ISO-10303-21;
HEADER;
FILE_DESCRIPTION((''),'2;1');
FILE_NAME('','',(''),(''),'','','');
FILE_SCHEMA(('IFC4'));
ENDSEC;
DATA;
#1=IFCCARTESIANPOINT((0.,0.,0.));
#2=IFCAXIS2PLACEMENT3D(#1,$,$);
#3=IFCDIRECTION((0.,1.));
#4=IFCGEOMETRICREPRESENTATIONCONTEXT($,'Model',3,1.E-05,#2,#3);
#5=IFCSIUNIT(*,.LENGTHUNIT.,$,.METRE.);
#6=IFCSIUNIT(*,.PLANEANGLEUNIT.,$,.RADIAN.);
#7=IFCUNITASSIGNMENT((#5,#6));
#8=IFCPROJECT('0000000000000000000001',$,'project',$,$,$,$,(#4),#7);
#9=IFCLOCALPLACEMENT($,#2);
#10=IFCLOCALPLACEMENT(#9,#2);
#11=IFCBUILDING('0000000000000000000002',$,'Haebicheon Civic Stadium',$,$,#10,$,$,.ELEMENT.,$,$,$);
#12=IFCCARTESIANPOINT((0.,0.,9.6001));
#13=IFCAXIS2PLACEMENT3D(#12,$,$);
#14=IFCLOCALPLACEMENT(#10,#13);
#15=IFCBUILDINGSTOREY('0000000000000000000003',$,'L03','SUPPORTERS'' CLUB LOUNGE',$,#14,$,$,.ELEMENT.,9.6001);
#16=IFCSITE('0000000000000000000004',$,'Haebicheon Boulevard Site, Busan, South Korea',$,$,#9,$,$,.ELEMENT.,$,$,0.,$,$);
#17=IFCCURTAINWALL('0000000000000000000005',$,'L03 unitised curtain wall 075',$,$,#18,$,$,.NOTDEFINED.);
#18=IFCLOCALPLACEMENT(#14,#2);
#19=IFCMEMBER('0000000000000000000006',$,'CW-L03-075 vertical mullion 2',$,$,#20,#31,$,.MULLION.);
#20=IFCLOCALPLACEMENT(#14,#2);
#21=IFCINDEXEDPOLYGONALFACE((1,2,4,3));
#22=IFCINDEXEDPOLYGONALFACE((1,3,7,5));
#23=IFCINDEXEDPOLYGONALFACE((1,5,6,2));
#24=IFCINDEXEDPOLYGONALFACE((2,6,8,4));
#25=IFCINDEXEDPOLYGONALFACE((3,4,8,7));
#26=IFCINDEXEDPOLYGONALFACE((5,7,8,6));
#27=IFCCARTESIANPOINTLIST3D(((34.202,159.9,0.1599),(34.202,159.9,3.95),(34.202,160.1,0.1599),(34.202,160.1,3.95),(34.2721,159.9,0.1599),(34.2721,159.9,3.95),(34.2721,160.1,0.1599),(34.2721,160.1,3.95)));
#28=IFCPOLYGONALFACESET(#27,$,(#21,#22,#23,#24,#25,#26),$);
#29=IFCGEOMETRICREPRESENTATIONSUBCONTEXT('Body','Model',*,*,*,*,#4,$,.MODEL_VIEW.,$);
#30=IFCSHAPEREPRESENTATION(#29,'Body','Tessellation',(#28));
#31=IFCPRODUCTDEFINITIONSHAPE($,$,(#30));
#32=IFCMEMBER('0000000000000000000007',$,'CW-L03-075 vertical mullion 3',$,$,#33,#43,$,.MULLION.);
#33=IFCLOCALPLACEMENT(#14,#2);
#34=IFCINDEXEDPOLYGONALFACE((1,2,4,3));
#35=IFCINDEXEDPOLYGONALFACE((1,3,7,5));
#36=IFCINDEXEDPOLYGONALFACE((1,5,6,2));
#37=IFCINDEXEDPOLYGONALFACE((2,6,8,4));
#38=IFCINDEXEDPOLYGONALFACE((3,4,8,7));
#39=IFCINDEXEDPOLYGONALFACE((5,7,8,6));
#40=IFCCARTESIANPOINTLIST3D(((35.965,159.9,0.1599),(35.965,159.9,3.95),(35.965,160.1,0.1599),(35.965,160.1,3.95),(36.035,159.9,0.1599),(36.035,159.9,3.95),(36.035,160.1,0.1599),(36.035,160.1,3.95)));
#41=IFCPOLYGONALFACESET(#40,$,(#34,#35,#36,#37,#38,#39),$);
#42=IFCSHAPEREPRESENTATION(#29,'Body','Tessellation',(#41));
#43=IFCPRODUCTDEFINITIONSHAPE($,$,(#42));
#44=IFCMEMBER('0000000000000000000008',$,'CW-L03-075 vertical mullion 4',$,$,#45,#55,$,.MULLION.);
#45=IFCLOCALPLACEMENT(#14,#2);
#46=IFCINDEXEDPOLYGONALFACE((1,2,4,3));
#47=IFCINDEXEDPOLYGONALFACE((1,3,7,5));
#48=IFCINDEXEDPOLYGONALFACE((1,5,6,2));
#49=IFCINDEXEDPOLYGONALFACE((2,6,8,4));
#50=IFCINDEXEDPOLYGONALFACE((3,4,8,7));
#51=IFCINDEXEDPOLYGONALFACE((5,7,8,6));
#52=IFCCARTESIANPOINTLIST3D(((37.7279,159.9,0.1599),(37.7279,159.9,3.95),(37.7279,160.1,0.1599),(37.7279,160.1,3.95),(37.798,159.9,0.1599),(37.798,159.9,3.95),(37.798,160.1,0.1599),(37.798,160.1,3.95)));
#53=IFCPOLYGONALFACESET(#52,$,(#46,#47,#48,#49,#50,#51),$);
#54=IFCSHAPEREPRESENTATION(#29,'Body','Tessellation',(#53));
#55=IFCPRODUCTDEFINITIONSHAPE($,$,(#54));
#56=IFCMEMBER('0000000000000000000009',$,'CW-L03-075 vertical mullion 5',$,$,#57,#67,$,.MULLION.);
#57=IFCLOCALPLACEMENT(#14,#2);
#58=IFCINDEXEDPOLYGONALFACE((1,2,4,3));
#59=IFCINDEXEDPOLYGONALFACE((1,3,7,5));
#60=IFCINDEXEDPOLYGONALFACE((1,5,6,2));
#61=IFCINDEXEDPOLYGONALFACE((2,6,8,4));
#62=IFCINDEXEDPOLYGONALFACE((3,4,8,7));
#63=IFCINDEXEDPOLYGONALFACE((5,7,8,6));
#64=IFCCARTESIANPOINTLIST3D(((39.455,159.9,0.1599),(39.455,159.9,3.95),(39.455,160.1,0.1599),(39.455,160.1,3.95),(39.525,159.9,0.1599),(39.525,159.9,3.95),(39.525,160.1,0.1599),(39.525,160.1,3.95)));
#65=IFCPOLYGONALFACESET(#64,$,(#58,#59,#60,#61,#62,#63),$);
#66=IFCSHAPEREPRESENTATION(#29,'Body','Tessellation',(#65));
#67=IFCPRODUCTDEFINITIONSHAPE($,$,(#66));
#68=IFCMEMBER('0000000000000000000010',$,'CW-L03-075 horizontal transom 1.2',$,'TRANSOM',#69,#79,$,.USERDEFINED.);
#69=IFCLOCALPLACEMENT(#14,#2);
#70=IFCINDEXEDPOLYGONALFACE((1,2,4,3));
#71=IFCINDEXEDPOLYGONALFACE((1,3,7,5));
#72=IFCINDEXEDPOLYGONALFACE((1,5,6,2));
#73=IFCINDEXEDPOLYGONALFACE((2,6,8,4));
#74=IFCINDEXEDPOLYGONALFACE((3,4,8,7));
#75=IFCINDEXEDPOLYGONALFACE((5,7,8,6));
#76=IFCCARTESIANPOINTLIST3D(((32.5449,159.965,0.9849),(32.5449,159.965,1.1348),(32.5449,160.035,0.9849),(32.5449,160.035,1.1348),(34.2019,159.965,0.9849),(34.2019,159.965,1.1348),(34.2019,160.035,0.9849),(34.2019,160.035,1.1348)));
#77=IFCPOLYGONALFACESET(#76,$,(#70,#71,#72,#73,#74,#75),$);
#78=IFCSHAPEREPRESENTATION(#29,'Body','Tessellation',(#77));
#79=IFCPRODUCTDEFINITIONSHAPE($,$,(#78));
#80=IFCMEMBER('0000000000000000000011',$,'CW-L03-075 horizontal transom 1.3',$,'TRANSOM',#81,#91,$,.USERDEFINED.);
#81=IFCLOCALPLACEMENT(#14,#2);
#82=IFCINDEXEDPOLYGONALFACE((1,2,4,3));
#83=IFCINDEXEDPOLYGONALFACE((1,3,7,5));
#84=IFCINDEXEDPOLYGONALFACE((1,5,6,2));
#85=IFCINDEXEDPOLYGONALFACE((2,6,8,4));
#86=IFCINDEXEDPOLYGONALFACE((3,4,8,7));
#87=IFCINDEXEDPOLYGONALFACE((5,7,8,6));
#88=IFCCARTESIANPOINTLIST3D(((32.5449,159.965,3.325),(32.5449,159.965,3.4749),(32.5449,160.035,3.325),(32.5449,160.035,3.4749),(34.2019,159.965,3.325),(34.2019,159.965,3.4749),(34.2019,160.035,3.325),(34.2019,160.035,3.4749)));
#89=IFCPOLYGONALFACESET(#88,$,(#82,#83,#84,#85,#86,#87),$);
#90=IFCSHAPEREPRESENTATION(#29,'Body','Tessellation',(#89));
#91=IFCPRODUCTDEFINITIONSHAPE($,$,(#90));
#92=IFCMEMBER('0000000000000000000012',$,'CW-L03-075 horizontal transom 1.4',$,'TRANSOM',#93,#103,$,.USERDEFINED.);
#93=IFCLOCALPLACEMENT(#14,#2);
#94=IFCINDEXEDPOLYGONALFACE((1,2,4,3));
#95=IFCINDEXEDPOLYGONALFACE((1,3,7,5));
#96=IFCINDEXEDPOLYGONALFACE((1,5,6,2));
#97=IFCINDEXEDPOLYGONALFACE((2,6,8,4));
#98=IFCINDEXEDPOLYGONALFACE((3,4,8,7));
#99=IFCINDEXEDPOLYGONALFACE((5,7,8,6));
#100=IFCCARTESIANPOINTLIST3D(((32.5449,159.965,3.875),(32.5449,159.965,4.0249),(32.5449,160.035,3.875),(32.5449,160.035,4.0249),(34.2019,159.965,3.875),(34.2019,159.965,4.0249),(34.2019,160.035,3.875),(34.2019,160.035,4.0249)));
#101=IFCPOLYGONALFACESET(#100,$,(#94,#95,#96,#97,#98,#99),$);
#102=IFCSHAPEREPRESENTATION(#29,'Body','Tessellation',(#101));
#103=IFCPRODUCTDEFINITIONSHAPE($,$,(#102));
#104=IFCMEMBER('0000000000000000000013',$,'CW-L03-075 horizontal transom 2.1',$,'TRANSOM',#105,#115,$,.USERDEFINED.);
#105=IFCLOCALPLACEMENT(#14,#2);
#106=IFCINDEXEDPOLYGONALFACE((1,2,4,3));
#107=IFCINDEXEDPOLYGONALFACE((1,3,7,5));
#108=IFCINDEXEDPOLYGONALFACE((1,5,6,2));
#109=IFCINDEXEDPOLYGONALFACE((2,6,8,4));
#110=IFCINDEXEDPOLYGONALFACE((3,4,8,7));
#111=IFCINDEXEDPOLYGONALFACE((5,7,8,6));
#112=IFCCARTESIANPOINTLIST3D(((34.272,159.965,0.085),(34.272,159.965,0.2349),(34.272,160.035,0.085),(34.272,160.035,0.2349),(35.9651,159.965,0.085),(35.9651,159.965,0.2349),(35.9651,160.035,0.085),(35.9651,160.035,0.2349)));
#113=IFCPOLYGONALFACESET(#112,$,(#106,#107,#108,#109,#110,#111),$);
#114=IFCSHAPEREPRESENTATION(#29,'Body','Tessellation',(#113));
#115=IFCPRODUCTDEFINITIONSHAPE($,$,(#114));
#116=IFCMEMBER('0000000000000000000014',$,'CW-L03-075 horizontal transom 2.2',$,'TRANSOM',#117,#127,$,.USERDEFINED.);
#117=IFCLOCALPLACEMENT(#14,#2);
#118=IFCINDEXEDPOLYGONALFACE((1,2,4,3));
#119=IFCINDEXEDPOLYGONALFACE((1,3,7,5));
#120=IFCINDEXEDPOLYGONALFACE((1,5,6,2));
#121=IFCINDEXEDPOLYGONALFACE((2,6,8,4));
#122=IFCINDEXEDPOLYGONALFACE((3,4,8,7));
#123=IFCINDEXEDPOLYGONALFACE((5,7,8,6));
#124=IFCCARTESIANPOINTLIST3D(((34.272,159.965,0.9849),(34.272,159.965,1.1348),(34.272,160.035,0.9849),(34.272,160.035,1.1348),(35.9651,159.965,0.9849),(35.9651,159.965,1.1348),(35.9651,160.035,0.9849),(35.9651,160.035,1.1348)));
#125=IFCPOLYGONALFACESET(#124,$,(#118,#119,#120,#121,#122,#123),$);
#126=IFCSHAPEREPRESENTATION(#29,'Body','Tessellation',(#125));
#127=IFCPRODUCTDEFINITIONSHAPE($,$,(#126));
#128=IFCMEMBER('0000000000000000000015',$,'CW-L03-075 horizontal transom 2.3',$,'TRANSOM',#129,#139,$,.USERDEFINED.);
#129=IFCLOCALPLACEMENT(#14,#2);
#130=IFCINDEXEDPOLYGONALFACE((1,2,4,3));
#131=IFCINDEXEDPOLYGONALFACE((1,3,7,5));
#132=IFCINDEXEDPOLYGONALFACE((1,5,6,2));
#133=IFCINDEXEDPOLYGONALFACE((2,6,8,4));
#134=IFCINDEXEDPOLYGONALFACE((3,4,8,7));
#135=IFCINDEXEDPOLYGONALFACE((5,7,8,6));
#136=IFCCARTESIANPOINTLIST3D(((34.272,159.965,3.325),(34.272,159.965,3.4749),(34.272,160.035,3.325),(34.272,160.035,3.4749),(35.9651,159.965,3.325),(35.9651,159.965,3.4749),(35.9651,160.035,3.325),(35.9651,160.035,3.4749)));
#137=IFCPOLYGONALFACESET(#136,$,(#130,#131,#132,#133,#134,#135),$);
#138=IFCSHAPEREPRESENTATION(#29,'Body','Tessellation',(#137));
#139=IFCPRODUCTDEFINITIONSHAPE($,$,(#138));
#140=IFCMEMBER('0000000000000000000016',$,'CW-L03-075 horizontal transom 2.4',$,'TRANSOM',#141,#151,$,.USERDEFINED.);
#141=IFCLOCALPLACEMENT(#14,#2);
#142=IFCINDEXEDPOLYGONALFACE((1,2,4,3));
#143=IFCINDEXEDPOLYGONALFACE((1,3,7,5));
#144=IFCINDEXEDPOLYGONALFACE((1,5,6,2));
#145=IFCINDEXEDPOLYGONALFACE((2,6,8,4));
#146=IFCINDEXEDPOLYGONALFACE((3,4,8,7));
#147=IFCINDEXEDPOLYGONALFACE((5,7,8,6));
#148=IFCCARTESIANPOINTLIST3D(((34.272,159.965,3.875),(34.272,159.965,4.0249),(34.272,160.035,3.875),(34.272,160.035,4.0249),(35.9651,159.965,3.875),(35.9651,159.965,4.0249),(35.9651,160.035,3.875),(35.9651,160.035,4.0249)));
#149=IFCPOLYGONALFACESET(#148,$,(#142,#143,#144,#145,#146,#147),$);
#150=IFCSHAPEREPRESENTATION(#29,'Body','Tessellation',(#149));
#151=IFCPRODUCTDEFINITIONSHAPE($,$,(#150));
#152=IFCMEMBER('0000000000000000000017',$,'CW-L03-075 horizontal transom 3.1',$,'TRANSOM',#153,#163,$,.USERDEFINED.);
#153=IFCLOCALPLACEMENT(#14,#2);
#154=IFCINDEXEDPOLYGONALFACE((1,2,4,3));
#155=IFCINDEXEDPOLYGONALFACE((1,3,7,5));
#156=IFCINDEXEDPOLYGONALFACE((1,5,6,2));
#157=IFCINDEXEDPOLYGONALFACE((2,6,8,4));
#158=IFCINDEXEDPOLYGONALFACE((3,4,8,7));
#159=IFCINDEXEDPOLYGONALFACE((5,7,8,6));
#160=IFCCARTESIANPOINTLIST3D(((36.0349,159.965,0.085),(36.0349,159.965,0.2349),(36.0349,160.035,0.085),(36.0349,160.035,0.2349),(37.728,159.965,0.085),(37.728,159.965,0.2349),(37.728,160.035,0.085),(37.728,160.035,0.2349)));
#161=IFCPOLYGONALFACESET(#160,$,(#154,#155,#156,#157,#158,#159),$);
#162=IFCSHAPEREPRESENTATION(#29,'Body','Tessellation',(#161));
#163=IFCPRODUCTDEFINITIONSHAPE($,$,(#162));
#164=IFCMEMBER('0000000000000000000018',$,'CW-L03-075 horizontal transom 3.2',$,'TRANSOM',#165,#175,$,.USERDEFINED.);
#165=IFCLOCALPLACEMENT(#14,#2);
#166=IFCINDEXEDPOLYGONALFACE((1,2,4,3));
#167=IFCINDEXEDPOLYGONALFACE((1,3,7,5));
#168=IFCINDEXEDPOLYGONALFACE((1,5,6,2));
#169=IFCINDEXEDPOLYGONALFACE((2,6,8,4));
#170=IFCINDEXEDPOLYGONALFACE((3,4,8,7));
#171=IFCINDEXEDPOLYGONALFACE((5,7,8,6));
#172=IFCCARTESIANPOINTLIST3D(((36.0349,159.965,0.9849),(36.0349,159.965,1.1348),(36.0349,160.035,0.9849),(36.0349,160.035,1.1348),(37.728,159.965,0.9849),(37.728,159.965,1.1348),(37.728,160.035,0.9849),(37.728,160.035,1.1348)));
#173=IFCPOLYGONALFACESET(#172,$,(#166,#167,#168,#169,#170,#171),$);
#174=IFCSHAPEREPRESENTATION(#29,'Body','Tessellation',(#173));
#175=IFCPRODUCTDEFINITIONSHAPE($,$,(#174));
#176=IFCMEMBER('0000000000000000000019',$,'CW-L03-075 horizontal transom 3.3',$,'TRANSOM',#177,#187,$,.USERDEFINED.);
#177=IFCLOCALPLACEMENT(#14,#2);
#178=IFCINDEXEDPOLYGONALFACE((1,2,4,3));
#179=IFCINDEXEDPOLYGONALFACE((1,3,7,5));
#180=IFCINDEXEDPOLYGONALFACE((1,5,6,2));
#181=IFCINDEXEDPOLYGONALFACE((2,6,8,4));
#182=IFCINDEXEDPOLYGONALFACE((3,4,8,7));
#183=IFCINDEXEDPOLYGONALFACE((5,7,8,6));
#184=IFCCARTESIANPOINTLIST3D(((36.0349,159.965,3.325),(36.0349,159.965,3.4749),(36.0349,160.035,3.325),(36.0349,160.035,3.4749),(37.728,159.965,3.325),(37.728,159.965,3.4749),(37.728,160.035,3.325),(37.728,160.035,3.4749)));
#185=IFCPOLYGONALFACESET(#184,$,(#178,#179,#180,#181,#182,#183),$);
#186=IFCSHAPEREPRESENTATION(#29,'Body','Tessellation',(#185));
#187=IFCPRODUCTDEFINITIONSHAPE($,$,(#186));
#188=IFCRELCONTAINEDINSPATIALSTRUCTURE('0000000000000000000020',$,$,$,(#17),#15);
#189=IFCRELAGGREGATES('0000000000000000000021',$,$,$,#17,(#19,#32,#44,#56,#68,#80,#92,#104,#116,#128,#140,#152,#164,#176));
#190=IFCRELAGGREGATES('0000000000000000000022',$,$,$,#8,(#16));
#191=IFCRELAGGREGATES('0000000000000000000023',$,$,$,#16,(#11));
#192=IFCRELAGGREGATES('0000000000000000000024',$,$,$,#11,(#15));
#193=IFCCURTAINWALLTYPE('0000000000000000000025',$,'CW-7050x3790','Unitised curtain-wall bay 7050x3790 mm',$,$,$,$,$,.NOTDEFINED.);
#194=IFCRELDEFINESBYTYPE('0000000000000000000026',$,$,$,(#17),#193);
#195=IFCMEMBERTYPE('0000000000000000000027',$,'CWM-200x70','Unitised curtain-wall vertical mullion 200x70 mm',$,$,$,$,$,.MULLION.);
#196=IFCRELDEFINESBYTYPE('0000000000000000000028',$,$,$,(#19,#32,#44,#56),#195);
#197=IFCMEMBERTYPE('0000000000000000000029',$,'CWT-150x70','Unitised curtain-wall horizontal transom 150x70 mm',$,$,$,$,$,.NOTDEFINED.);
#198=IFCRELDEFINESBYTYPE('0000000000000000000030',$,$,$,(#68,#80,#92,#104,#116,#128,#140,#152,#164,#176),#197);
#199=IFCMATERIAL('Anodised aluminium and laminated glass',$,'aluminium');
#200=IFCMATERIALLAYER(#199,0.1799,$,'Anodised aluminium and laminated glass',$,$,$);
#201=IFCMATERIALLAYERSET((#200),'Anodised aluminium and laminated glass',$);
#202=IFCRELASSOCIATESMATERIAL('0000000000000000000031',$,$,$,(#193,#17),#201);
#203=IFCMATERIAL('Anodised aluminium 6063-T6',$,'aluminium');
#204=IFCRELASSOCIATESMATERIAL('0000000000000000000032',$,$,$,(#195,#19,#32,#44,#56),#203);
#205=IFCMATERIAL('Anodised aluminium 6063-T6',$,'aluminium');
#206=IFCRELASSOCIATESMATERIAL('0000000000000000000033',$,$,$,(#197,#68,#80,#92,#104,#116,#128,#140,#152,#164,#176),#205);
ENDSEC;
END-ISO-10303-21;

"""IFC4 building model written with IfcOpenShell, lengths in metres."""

from ifc_helpers import new_model, si_unit, direction, frame, origin, origin_2d, place, context, subcontext, project, spatial, rectangle, extrude, material, layer, layer_set, material_profile, profile_set, type_object, element, aggregate, save


model = new_model("IFC4")

# Units and contexts
model_context = context("Model", 3, precision=1e-05, world=origin(), true_north=direction((0.0, 1.0)))
body_context = subcontext(model_context, "Body", "Model", "MODEL_VIEW")
ifc_project = project(units=[si_unit("LENGTHUNIT", "METRE"), si_unit("PLANEANGLEUNIT", "RADIAN")], contexts=[model_context])

# Site, building, storey
site_placement = place(None, origin())
site = spatial("IfcSite", under=ifc_project, at=site_placement, Name="Haebicheon Boulevard Site, Busan, South Korea", CompositionType="ELEMENT", RefElevation=0.0)
building_placement = place(site_placement, origin())
building = spatial("IfcBuilding", under=site, at=building_placement, Name="Haebicheon Civic Stadium", CompositionType="ELEMENT")
storey_placement = place(building_placement, frame((0.0, 0.0, 9.6001)))
storey = spatial("IfcBuildingStorey", under=building, at=storey_placement, Name="L03", Description="SUPPORTERS' CLUB LOUNGE", CompositionType="ELEMENT", Elevation=9.6001)

# Curtain wall, members
ifc_material_1 = material(Name="Anodised aluminium and laminated glass", Category="aluminium")
ifc_layer_1 = layer(ifc_material_1, 0.1799, Name="Anodised aluminium and laminated glass")
ifc_layer_set_1 = layer_set([ifc_layer_1], Name="Anodised aluminium and laminated glass")
curtain_wall_type = type_object("IfcCurtainWallType", Name="CW-7050x3790", Description="Unitised curtain-wall bay 7050x3790 mm", PredefinedType="NOTDEFINED", material=ifc_layer_set_1)
curtain_wall_placement = place(storey_placement, origin())
curtain_wall = element("IfcCurtainWall", 1, at=curtain_wall_placement, inside=storey, type_object=curtain_wall_type, material=ifc_layer_set_1, Name="L03 unitised curtain wall 075", PredefinedType="NOTDEFINED")
ifc_material_2 = material(Name="Anodised aluminium 6063-T6", Category="aluminium")
ifc_material_profile_1 = material_profile(ifc_material_2, rectangle(XDim=0.0701, YDim=0.2, at=origin_2d()), Name="ALU-MULL-70x200")
ifc_profile_set_1 = profile_set([ifc_material_profile_1], Name="Anodised aluminium 6063-T6")
member_type_1 = type_object("IfcMemberType", Name="CWM-200x70", Description="Unitised curtain-wall vertical mullion 200x70 mm", PredefinedType="MULLION", material=ifc_profile_set_1)
member_1_placement = place(storey_placement, frame((34.2371, 160.0, 0.1599), z_axis=(0.0, 0.0, 1.0), x_axis=(1.0, 0.0, 0.0)))
member_1 = element("IfcMember", 2, at=member_1_placement, type_object=member_type_1, material=ifc_profile_set_1, Name="CW-L03-075 vertical mullion 2", PredefinedType="MULLION", context=body_context, shape_type="SweptSolid", body=[
    extrude(rectangle(XDim=0.0701, YDim=0.2, at=origin_2d()), origin(), (0.0, 0.0, 1.0), 3.79),
])
member_2_placement = place(storey_placement, frame((36.0, 160.0, 0.1599), z_axis=(0.0, 0.0, 1.0), x_axis=(1.0, 0.0, 0.0)))
member_2 = element("IfcMember", 3, at=member_2_placement, type_object=member_type_1, material=ifc_profile_set_1, Name="CW-L03-075 vertical mullion 3", PredefinedType="MULLION", context=body_context, shape_type="SweptSolid", body=[
    extrude(rectangle(XDim=0.0701, YDim=0.2, at=origin_2d()), origin(), (0.0, 0.0, 1.0), 3.79),
])
member_3_placement = place(storey_placement, frame((37.7629, 160.0, 0.1599), z_axis=(0.0, 0.0, 1.0), x_axis=(1.0, 0.0, 0.0)))
member_3 = element("IfcMember", 4, at=member_3_placement, type_object=member_type_1, material=ifc_profile_set_1, Name="CW-L03-075 vertical mullion 4", PredefinedType="MULLION", context=body_context, shape_type="SweptSolid", body=[
    extrude(rectangle(XDim=0.0701, YDim=0.2, at=origin_2d()), origin(), (0.0, 0.0, 1.0), 3.79),
])
member_4_placement = place(storey_placement, frame((39.49, 160.0, 0.1599), z_axis=(0.0, 0.0, 1.0), x_axis=(1.0, 0.0, 0.0)))
member_4 = element("IfcMember", 5, at=member_4_placement, type_object=member_type_1, material=ifc_profile_set_1, Name="CW-L03-075 vertical mullion 5", PredefinedType="MULLION", context=body_context, shape_type="SweptSolid", body=[
    extrude(rectangle(XDim=0.0701, YDim=0.2, at=origin_2d()), origin(), (0.0, 0.0, 1.0), 3.79),
])
ifc_material_3 = material(Name="Anodised aluminium 6063-T6", Category="aluminium")
ifc_material_profile_2 = material_profile(ifc_material_3, rectangle(XDim=0.0701, YDim=0.1499, at=origin_2d()), Name="ALU-TRAN-70x150")
ifc_profile_set_2 = profile_set([ifc_material_profile_2], Name="Anodised aluminium 6063-T6")
member_type_2 = type_object("IfcMemberType", Name="CWT-150x70", Description="Unitised curtain-wall horizontal transom 150x70 mm", PredefinedType="NOTDEFINED", material=ifc_profile_set_2)
member_5_placement = place(storey_placement, frame((32.5449, 160.0, 1.0598), z_axis=(1.0, 0.0, 0.0), x_axis=(0.0, 1.0, 0.0)))
member_5 = element("IfcMember", 6, at=member_5_placement, type_object=member_type_2, material=ifc_profile_set_2, Name="CW-L03-075 horizontal transom 1.2", ObjectType="TRANSOM", PredefinedType="USERDEFINED", context=body_context, shape_type="SweptSolid", body=[
    extrude(rectangle(XDim=0.0701, YDim=0.1499, at=origin_2d()), origin(), (0.0, 0.0, 1.0), 1.657),
])
member_6_placement = place(storey_placement, frame((32.5449, 160.0, 3.3999), z_axis=(1.0, 0.0, 0.0), x_axis=(0.0, 1.0, 0.0)))
member_6 = element("IfcMember", 7, at=member_6_placement, type_object=member_type_2, material=ifc_profile_set_2, Name="CW-L03-075 horizontal transom 1.3", ObjectType="TRANSOM", PredefinedType="USERDEFINED", context=body_context, shape_type="SweptSolid", body=[
    extrude(rectangle(XDim=0.0701, YDim=0.1499, at=origin_2d()), origin(), (0.0, 0.0, 1.0), 1.657),
])
member_7_placement = place(storey_placement, frame((32.5449, 160.0, 3.95), z_axis=(1.0, 0.0, 0.0), x_axis=(0.0, 1.0, 0.0)))
member_7 = element("IfcMember", 8, at=member_7_placement, type_object=member_type_2, material=ifc_profile_set_2, Name="CW-L03-075 horizontal transom 1.4", ObjectType="TRANSOM", PredefinedType="USERDEFINED", context=body_context, shape_type="SweptSolid", body=[
    extrude(rectangle(XDim=0.0701, YDim=0.1499, at=origin_2d()), origin(), (0.0, 0.0, 1.0), 1.657),
])
member_8_placement = place(storey_placement, frame((34.272, 160.0, 0.1599), z_axis=(1.0, 0.0, 0.0), x_axis=(0.0, 1.0, 0.0)))
member_8 = element("IfcMember", 9, at=member_8_placement, type_object=member_type_2, material=ifc_profile_set_2, Name="CW-L03-075 horizontal transom 2.1", ObjectType="TRANSOM", PredefinedType="USERDEFINED", context=body_context, shape_type="SweptSolid", body=[
    extrude(rectangle(XDim=0.0701, YDim=0.1499, at=origin_2d()), origin(), (0.0, 0.0, 1.0), 1.6931),
])
member_9_placement = place(storey_placement, frame((34.272, 160.0, 1.0598), z_axis=(1.0, 0.0, 0.0), x_axis=(0.0, 1.0, 0.0)))
member_9 = element("IfcMember", 10, at=member_9_placement, type_object=member_type_2, material=ifc_profile_set_2, Name="CW-L03-075 horizontal transom 2.2", ObjectType="TRANSOM", PredefinedType="USERDEFINED", context=body_context, shape_type="SweptSolid", body=[
    extrude(rectangle(XDim=0.0701, YDim=0.1499, at=origin_2d()), origin(), (0.0, 0.0, 1.0), 1.6931),
])
member_10_placement = place(storey_placement, frame((34.272, 160.0, 3.3999), z_axis=(1.0, 0.0, 0.0), x_axis=(0.0, 1.0, 0.0)))
member_10 = element("IfcMember", 11, at=member_10_placement, type_object=member_type_2, material=ifc_profile_set_2, Name="CW-L03-075 horizontal transom 2.3", ObjectType="TRANSOM", PredefinedType="USERDEFINED", context=body_context, shape_type="SweptSolid", body=[
    extrude(rectangle(XDim=0.0701, YDim=0.1499, at=origin_2d()), origin(), (0.0, 0.0, 1.0), 1.6931),
])
member_11_placement = place(storey_placement, frame((34.272, 160.0, 3.95), z_axis=(1.0, 0.0, 0.0), x_axis=(0.0, 1.0, 0.0)))
member_11 = element("IfcMember", 12, at=member_11_placement, type_object=member_type_2, material=ifc_profile_set_2, Name="CW-L03-075 horizontal transom 2.4", ObjectType="TRANSOM", PredefinedType="USERDEFINED", context=body_context, shape_type="SweptSolid", body=[
    extrude(rectangle(XDim=0.0701, YDim=0.1499, at=origin_2d()), origin(), (0.0, 0.0, 1.0), 1.6931),
])
member_12_placement = place(storey_placement, frame((36.0349, 160.0, 0.1599), z_axis=(1.0, 0.0, 0.0), x_axis=(0.0, 1.0, 0.0)))
member_12 = element("IfcMember", 13, at=member_12_placement, type_object=member_type_2, material=ifc_profile_set_2, Name="CW-L03-075 horizontal transom 3.1", ObjectType="TRANSOM", PredefinedType="USERDEFINED", context=body_context, shape_type="SweptSolid", body=[
    extrude(rectangle(XDim=0.0701, YDim=0.1499, at=origin_2d()), origin(), (0.0, 0.0, 1.0), 1.6931),
])
member_13_placement = place(storey_placement, frame((36.0349, 160.0, 1.0598), z_axis=(1.0, 0.0, 0.0), x_axis=(0.0, 1.0, 0.0)))
member_13 = element("IfcMember", 14, at=member_13_placement, type_object=member_type_2, material=ifc_profile_set_2, Name="CW-L03-075 horizontal transom 3.2", ObjectType="TRANSOM", PredefinedType="USERDEFINED", context=body_context, shape_type="SweptSolid", body=[
    extrude(rectangle(XDim=0.0701, YDim=0.1499, at=origin_2d()), origin(), (0.0, 0.0, 1.0), 1.6931),
])
member_14_placement = place(storey_placement, frame((36.0349, 160.0, 3.3999), z_axis=(1.0, 0.0, 0.0), x_axis=(0.0, 1.0, 0.0)))
member_14 = element("IfcMember", 15, at=member_14_placement, type_object=member_type_2, material=ifc_profile_set_2, Name="CW-L03-075 horizontal transom 3.3", ObjectType="TRANSOM", PredefinedType="USERDEFINED", context=body_context, shape_type="SweptSolid", body=[
    extrude(rectangle(XDim=0.0701, YDim=0.1499, at=origin_2d()), origin(), (0.0, 0.0, 1.0), 1.6931),
])
aggregate(curtain_wall, [member_1, member_2, member_3, member_4, member_5, member_6, member_7, member_8, member_9, member_10, member_11, member_12, member_13, member_14])

save(model, "model.ifc")
